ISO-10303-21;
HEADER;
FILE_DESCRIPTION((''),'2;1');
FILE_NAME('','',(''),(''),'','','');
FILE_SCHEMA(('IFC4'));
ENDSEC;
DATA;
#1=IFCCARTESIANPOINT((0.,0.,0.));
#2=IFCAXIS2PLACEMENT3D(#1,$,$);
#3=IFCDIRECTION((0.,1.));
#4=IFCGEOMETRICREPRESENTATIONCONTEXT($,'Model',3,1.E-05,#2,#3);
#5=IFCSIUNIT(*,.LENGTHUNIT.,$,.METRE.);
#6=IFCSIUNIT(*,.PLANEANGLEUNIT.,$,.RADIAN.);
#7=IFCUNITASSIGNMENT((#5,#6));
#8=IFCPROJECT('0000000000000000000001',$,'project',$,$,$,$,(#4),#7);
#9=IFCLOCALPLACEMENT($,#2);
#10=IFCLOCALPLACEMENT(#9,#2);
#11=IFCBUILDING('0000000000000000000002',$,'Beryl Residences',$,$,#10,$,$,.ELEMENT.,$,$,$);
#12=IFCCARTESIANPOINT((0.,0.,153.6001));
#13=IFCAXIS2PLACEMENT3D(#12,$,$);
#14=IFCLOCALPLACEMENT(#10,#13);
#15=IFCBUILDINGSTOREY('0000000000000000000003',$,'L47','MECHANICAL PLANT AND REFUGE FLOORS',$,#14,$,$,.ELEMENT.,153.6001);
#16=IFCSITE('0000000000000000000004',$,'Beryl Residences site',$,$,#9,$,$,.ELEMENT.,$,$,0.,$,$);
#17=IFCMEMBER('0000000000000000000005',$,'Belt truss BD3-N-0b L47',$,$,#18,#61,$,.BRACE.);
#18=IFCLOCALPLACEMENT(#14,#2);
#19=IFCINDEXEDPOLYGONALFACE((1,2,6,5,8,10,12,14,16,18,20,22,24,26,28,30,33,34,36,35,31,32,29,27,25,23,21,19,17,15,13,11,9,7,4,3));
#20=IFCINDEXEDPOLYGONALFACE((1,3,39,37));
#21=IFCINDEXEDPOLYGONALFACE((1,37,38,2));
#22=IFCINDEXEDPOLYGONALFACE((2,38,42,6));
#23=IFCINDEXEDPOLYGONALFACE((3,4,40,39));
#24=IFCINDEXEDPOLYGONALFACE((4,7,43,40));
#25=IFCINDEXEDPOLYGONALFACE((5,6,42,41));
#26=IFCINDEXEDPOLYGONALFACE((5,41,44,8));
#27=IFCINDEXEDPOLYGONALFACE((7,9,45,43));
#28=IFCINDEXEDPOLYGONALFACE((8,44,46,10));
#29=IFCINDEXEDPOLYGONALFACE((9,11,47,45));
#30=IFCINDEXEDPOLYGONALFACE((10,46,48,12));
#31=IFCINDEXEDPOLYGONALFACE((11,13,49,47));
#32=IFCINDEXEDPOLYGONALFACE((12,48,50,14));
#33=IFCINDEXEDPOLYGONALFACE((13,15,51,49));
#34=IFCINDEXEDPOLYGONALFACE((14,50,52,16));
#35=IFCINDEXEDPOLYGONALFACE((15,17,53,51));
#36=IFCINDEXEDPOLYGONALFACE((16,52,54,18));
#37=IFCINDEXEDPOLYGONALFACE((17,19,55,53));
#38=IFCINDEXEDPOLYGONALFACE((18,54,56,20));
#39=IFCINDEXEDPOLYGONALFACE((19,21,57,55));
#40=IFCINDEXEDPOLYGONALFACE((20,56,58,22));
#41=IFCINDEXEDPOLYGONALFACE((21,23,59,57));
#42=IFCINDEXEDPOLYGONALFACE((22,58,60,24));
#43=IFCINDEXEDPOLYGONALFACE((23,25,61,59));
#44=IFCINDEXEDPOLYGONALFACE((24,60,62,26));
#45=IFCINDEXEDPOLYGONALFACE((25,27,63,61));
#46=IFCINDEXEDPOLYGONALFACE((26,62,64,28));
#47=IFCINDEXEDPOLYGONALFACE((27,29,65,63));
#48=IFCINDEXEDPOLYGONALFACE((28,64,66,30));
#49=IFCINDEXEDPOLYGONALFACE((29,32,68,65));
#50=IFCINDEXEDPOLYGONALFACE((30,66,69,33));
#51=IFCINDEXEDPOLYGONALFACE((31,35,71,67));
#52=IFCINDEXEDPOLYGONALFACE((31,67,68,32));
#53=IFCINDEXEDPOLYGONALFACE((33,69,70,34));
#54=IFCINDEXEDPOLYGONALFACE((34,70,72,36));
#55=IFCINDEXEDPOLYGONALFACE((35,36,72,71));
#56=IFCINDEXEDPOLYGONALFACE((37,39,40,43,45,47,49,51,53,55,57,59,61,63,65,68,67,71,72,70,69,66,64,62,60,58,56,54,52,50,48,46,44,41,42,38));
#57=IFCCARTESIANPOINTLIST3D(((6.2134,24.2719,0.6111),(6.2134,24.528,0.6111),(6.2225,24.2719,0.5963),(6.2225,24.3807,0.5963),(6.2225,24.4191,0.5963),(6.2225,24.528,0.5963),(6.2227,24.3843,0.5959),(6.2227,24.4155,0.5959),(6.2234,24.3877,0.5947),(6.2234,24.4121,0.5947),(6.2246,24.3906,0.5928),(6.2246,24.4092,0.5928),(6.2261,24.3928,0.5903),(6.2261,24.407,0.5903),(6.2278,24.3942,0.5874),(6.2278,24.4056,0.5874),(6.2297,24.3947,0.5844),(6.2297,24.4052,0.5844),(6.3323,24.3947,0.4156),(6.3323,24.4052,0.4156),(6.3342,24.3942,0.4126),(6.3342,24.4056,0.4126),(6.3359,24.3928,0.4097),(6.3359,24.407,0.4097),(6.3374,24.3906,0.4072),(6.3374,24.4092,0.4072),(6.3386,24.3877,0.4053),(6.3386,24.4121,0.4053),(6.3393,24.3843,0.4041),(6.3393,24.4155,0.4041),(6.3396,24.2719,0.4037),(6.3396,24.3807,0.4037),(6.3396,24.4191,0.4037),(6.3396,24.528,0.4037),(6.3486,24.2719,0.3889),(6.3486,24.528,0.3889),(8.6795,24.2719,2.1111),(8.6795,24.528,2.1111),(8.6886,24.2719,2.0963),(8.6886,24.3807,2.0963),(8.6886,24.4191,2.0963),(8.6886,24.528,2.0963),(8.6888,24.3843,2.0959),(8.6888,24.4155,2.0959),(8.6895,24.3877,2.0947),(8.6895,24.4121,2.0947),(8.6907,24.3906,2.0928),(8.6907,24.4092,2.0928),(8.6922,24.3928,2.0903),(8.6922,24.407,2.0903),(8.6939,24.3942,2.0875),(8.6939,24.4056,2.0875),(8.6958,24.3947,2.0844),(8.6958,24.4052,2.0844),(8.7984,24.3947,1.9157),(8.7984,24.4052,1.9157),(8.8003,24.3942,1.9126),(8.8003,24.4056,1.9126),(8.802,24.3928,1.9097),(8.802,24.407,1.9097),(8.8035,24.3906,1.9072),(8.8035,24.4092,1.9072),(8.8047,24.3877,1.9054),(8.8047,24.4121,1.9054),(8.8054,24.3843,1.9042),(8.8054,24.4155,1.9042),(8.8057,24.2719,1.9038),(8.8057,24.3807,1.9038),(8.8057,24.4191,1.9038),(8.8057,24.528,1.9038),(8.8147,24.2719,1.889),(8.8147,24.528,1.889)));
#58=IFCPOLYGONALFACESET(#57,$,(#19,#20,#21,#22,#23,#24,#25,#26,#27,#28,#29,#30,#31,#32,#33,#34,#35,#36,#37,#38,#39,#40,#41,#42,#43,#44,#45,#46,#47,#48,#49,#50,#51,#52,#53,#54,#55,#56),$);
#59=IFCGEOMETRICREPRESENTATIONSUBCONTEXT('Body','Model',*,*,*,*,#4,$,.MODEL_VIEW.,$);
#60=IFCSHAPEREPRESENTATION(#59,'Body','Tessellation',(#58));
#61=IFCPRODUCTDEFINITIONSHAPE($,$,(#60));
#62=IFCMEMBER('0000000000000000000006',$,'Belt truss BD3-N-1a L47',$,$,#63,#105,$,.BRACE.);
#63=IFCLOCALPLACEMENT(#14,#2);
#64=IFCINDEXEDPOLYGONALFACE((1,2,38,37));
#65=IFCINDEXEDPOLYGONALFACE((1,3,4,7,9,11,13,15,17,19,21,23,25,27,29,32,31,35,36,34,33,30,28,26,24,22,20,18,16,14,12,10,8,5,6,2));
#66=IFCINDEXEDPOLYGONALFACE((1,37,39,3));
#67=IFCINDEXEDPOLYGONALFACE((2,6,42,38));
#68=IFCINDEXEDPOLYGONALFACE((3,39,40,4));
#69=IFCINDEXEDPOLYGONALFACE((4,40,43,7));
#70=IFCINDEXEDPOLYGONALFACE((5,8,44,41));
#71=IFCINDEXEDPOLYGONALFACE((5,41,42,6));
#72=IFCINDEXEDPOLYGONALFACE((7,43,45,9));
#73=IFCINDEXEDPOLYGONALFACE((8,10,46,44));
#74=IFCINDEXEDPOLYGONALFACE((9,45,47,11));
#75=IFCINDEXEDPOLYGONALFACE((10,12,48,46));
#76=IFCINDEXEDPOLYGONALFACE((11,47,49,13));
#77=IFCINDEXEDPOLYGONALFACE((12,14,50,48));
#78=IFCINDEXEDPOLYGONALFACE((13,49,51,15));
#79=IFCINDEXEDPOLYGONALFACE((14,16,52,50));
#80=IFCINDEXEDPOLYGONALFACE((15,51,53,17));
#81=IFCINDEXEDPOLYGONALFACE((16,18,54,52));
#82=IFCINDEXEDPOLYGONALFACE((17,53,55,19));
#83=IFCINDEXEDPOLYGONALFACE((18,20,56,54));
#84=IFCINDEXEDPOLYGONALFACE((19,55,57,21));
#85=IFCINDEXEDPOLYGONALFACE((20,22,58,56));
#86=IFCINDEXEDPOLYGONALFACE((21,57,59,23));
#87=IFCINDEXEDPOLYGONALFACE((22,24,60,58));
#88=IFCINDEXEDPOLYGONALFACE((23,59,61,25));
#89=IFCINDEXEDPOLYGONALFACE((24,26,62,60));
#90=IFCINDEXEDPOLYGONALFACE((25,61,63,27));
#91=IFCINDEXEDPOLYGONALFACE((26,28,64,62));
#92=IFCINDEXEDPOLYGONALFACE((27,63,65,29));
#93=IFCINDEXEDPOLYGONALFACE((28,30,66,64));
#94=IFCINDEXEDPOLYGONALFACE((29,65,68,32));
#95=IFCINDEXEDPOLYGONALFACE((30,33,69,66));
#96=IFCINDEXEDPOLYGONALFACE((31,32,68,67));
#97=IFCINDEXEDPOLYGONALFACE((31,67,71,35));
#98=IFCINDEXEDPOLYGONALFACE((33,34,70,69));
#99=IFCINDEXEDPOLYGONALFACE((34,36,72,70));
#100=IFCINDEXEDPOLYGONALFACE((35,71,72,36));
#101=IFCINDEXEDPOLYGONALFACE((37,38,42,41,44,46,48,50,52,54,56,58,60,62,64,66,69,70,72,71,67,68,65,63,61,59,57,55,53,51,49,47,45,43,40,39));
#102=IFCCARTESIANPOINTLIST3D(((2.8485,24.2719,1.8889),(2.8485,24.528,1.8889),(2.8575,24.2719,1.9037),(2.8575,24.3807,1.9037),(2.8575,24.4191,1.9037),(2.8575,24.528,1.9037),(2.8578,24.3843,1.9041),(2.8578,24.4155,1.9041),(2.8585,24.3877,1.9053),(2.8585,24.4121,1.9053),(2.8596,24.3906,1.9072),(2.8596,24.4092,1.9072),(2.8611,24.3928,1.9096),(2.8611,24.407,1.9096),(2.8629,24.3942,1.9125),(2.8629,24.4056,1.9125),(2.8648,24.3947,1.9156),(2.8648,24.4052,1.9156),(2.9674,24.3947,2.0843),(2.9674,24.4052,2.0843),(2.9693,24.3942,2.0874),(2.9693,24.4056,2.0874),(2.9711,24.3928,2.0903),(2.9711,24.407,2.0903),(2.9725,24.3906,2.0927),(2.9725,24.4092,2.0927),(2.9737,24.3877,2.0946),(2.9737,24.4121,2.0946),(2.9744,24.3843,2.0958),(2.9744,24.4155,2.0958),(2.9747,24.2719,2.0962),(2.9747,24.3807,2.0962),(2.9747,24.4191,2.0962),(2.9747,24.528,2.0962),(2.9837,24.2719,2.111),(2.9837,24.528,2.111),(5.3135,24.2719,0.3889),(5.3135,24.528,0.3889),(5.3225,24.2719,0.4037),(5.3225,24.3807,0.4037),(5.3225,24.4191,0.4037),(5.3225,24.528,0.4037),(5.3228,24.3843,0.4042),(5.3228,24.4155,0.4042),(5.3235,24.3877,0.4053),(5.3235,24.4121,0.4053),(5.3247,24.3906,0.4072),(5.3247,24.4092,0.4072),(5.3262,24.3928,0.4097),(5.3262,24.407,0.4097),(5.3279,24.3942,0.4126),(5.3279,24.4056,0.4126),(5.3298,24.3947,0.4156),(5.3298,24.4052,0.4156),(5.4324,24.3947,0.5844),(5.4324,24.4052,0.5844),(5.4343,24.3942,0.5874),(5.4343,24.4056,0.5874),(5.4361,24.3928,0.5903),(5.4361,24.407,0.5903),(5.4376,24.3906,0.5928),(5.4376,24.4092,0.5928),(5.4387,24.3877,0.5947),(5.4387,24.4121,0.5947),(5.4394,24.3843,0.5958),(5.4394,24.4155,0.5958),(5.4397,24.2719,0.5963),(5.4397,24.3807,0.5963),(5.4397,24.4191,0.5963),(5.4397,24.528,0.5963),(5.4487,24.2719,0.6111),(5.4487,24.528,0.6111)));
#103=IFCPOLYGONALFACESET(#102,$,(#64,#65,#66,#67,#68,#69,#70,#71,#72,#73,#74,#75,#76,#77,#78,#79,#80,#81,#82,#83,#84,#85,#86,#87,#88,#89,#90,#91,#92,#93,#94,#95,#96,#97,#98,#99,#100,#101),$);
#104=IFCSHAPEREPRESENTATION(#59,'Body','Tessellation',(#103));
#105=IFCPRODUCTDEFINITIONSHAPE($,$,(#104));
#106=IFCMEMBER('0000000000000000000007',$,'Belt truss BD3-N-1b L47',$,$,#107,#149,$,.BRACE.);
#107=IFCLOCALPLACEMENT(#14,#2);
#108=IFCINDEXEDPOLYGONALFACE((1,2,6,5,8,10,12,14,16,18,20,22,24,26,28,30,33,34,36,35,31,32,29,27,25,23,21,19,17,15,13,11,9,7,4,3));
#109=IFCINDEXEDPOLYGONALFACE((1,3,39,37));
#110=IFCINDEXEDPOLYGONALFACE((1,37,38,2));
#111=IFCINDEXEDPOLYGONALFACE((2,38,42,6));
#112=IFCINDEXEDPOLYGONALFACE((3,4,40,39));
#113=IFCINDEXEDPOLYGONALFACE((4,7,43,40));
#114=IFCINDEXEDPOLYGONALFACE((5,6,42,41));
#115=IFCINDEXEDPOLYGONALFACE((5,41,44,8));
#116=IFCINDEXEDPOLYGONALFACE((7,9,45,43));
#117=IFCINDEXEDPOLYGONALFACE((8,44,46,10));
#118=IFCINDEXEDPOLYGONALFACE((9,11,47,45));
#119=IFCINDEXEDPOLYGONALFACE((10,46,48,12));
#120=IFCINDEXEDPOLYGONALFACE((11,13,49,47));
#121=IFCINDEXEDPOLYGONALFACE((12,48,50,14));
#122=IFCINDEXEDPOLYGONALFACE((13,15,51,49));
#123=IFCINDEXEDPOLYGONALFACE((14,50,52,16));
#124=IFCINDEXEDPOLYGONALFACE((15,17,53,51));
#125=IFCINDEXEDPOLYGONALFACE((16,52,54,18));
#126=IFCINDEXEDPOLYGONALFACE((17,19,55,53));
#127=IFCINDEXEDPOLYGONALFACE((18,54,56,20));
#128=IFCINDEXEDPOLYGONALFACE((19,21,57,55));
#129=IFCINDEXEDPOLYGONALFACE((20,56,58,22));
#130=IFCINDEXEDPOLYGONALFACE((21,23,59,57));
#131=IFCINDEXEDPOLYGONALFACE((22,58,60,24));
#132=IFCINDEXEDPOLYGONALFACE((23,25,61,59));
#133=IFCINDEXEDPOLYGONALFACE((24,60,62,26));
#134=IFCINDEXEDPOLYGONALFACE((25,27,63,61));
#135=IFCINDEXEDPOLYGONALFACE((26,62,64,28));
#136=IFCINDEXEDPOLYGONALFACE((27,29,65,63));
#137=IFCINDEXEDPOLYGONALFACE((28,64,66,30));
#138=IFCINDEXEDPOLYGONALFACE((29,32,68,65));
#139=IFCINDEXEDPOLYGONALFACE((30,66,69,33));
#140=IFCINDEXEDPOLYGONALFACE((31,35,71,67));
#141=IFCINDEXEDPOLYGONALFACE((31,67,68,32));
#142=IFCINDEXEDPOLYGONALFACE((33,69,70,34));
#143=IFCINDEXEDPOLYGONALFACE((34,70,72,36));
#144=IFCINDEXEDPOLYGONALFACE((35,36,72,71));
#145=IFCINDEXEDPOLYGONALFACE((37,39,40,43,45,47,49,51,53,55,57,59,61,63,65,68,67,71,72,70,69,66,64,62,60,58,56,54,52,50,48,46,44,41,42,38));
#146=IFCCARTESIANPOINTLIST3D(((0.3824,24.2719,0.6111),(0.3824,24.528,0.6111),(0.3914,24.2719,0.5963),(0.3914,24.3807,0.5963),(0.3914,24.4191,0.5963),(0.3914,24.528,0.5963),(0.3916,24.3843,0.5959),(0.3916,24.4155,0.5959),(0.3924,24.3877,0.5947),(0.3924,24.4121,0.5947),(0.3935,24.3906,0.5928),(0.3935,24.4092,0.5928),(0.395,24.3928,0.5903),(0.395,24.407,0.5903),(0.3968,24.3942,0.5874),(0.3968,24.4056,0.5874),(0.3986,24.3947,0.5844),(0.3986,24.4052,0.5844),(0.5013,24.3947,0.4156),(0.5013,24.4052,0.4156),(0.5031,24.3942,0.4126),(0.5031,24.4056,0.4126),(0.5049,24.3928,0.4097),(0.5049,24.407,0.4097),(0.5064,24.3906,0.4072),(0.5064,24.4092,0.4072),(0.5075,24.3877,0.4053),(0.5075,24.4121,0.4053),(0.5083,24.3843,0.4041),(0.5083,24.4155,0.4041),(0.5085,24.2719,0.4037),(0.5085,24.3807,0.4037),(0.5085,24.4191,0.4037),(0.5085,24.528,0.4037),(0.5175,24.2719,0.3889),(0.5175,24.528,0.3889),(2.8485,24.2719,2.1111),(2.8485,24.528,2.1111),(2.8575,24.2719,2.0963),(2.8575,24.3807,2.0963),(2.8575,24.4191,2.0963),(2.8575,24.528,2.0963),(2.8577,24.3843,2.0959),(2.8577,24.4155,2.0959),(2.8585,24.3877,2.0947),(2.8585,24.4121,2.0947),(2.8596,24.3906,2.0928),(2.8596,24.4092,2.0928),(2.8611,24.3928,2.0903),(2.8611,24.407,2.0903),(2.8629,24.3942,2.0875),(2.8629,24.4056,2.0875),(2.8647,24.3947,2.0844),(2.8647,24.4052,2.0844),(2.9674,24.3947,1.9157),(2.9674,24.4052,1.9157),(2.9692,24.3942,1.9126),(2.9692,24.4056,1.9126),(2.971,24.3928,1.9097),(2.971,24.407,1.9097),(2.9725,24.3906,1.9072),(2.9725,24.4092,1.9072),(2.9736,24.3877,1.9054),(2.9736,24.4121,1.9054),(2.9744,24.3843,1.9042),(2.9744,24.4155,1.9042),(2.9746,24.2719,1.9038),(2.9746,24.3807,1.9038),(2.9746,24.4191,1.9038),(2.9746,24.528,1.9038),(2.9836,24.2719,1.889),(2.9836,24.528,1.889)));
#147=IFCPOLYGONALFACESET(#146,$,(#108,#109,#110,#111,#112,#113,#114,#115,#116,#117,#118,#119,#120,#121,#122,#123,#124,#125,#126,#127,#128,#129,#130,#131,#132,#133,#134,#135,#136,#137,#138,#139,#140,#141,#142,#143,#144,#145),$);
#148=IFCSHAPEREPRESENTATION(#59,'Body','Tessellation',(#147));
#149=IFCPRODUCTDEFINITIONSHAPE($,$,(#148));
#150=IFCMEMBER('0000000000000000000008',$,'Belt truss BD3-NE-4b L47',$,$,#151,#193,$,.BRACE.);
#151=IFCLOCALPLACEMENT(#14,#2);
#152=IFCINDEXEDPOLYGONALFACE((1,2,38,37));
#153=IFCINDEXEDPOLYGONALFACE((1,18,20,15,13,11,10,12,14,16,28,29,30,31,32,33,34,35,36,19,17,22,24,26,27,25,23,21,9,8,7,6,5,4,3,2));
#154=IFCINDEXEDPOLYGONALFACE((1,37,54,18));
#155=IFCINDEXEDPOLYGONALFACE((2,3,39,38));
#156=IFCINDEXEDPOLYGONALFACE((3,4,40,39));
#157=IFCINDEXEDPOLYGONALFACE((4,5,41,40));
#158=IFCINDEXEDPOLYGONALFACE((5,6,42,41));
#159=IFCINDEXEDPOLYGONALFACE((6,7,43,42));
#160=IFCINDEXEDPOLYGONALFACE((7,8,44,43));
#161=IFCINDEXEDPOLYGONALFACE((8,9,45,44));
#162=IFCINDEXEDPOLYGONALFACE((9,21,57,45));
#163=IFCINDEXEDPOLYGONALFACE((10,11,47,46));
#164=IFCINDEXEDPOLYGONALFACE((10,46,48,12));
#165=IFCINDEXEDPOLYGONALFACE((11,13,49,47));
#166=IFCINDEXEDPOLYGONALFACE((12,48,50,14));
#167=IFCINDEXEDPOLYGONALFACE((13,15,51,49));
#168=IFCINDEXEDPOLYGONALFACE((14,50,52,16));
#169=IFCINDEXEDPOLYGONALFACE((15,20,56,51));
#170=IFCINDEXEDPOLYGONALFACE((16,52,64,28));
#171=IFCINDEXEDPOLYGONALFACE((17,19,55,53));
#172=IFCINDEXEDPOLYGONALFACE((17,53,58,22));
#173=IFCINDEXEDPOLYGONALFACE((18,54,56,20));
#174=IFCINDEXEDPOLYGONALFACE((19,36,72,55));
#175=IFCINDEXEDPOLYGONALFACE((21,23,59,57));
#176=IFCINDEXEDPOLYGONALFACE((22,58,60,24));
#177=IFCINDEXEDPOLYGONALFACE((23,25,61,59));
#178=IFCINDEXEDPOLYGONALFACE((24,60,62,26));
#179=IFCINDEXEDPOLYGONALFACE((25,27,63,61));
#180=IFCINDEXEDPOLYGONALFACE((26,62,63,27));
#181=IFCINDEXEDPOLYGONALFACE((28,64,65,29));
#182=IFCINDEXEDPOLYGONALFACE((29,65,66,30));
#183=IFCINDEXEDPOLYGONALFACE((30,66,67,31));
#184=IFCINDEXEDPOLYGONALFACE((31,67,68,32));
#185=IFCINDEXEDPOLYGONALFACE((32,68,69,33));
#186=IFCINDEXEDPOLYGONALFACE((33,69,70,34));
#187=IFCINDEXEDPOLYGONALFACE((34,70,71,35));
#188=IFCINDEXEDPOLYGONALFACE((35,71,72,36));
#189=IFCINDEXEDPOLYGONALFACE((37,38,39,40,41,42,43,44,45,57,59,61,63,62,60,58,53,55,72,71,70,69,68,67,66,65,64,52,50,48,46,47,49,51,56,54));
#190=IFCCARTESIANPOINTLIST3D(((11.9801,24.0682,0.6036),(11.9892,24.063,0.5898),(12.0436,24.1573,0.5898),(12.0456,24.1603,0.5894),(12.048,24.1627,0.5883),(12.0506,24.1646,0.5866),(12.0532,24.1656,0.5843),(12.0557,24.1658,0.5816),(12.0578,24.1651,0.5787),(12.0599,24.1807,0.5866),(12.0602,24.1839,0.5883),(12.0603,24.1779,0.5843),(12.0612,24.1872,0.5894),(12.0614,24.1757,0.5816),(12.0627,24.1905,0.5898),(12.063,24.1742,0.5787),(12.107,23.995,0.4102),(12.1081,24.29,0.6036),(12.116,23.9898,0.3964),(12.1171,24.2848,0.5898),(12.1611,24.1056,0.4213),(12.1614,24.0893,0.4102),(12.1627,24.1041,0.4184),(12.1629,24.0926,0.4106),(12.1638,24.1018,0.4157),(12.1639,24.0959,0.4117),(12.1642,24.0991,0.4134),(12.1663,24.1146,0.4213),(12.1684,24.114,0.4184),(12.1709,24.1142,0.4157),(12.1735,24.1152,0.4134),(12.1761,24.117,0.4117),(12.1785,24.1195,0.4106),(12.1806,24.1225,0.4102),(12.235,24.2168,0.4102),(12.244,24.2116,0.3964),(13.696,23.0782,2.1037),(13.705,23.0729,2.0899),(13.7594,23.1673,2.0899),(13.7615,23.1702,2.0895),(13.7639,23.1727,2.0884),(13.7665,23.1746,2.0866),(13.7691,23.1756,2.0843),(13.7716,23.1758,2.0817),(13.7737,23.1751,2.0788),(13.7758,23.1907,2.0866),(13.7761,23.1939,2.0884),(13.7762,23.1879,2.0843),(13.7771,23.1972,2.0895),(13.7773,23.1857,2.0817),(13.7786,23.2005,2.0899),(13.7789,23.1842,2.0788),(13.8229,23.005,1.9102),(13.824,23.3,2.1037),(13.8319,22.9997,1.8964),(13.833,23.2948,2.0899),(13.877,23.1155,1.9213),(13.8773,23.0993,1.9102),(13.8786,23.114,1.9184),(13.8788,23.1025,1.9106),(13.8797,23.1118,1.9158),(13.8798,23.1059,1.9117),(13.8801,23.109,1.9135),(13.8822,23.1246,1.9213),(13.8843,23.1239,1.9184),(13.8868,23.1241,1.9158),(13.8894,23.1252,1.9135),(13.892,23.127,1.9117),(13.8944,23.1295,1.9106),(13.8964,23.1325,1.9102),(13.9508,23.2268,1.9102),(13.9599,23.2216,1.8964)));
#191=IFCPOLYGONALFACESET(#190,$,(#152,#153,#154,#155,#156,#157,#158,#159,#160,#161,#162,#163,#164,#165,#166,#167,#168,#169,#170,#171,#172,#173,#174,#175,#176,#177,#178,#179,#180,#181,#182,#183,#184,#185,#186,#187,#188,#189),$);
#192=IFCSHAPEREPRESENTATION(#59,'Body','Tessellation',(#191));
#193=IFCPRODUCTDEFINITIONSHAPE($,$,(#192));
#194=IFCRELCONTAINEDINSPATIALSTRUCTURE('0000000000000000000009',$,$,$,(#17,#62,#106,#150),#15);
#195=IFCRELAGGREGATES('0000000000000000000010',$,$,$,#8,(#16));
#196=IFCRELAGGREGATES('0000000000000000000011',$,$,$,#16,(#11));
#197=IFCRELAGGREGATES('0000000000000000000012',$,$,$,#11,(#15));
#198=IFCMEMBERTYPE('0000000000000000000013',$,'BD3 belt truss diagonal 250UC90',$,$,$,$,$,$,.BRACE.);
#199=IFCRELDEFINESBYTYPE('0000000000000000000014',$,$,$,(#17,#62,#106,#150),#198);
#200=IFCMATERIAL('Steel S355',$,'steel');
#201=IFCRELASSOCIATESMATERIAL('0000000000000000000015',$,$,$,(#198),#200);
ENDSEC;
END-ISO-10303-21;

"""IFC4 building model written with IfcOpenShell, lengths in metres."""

from ifc_helpers import new_model, si_unit, direction, frame, origin, origin_2d, place, context, subcontext, project, spatial, i_section, extrude, material, material_profile, profile_set, type_object, element, save


model = new_model("IFC4")

# Units and contexts
model_context = context("Model", 3, precision=1e-05, world=origin(), true_north=direction((0.0, 1.0)))
body_context = subcontext(model_context, "Body", "Model", "MODEL_VIEW")
ifc_project = project(units=[si_unit("LENGTHUNIT", "METRE"), si_unit("PLANEANGLEUNIT", "RADIAN")], contexts=[model_context])

# Site, building, storey
site_placement = place(None, origin())
site = spatial("IfcSite", under=ifc_project, at=site_placement, Name="Beryl Residences site", CompositionType="ELEMENT", RefElevation=0.0)
building_placement = place(site_placement, origin())
building = spatial("IfcBuilding", under=site, at=building_placement, Name="Beryl Residences", CompositionType="ELEMENT")
storey_placement = place(building_placement, frame((0.0, 0.0, 153.6001)))
storey = spatial("IfcBuildingStorey", under=building, at=storey_placement, Name="L47", Description="MECHANICAL PLANT AND REFUGE FLOORS", CompositionType="ELEMENT", Elevation=153.6001)

# Members
ifc_material_1 = material(Name="Steel S355", Category="steel")
ifc_material_profile_1 = material_profile(ifc_material_1, i_section(OverallWidth=0.2561, OverallDepth=0.26, WebThickness=0.0105, FlangeThickness=0.0173, FilletRadius=0.0139, at=origin_2d()))
ifc_profile_set_1 = profile_set([ifc_material_profile_1], Name="Steel S355")
member_type_1 = type_object("IfcMemberType", Name="BD3 belt truss diagonal 250UC90", PredefinedType="BRACE", material=ifc_profile_set_1)
member_1_placement = place(storey_placement, frame((6.281, 24.3999, 0.5), z_axis=(0.854365, 0.0, 0.519673), x_axis=(0.0, 1.0, 0.0)))
element("IfcMember", 1, at=member_1_placement, inside=storey, type_object=member_type_1, Name="Belt truss BD3-N-0b L47", PredefinedType="BRACE", context=body_context, shape_type="SweptSolid", body=[
    extrude(i_section(OverallWidth=0.2561, OverallDepth=0.26, WebThickness=0.0105, FlangeThickness=0.0173, FilletRadius=0.0139, at=origin_2d()), origin(), (0.0, 0.0, 1.0), 2.8865),
])
member_2_placement = place(storey_placement, frame((5.3811, 24.3999, 0.5), z_axis=(-0.854274, 0.0, 0.519823), x_axis=(0.0, -1.0, 0.0)))
element("IfcMember", 2, at=member_2_placement, inside=storey, type_object=member_type_1, Name="Belt truss BD3-N-1a L47", PredefinedType="BRACE", context=body_context, shape_type="SweptSolid", body=[
    extrude(i_section(OverallWidth=0.2561, OverallDepth=0.26, WebThickness=0.0105, FlangeThickness=0.0173, FilletRadius=0.0139, at=origin_2d()), origin(), (0.0, 0.0, 1.0), 2.8855),
])
member_3_placement = place(storey_placement, frame((0.45, 24.3999, 0.5), z_axis=(0.854365, 0.0, 0.519673), x_axis=(0.0, 1.0, 0.0)))
element("IfcMember", 3, at=member_3_placement, inside=storey, type_object=member_type_1, Name="Belt truss BD3-N-1b L47", PredefinedType="BRACE", context=body_context, shape_type="SweptSolid", body=[
    extrude(i_section(OverallWidth=0.2561, OverallDepth=0.26, WebThickness=0.0105, FlangeThickness=0.0173, FilletRadius=0.0139, at=origin_2d()), origin(), (0.0, 0.0, 1.0), 2.8865),
])
member_4_placement = place(storey_placement, frame((12.1121, 24.1399, 0.5), z_axis=(0.690533, -0.398422, 0.603676), x_axis=(0.499758, 0.866165, 0.0)))
element("IfcMember", 4, at=member_4_placement, inside=storey, type_object=member_type_1, Name="Belt truss BD3-NE-4b L47", PredefinedType="BRACE", context=body_context, shape_type="SweptSolid", body=[
    extrude(i_section(OverallWidth=0.2561, OverallDepth=0.26, WebThickness=0.0105, FlangeThickness=0.0173, FilletRadius=0.0139, at=origin_2d()), origin(), (0.0, 0.0, 1.0), 2.4849),
])

save(model, "model.ifc")
